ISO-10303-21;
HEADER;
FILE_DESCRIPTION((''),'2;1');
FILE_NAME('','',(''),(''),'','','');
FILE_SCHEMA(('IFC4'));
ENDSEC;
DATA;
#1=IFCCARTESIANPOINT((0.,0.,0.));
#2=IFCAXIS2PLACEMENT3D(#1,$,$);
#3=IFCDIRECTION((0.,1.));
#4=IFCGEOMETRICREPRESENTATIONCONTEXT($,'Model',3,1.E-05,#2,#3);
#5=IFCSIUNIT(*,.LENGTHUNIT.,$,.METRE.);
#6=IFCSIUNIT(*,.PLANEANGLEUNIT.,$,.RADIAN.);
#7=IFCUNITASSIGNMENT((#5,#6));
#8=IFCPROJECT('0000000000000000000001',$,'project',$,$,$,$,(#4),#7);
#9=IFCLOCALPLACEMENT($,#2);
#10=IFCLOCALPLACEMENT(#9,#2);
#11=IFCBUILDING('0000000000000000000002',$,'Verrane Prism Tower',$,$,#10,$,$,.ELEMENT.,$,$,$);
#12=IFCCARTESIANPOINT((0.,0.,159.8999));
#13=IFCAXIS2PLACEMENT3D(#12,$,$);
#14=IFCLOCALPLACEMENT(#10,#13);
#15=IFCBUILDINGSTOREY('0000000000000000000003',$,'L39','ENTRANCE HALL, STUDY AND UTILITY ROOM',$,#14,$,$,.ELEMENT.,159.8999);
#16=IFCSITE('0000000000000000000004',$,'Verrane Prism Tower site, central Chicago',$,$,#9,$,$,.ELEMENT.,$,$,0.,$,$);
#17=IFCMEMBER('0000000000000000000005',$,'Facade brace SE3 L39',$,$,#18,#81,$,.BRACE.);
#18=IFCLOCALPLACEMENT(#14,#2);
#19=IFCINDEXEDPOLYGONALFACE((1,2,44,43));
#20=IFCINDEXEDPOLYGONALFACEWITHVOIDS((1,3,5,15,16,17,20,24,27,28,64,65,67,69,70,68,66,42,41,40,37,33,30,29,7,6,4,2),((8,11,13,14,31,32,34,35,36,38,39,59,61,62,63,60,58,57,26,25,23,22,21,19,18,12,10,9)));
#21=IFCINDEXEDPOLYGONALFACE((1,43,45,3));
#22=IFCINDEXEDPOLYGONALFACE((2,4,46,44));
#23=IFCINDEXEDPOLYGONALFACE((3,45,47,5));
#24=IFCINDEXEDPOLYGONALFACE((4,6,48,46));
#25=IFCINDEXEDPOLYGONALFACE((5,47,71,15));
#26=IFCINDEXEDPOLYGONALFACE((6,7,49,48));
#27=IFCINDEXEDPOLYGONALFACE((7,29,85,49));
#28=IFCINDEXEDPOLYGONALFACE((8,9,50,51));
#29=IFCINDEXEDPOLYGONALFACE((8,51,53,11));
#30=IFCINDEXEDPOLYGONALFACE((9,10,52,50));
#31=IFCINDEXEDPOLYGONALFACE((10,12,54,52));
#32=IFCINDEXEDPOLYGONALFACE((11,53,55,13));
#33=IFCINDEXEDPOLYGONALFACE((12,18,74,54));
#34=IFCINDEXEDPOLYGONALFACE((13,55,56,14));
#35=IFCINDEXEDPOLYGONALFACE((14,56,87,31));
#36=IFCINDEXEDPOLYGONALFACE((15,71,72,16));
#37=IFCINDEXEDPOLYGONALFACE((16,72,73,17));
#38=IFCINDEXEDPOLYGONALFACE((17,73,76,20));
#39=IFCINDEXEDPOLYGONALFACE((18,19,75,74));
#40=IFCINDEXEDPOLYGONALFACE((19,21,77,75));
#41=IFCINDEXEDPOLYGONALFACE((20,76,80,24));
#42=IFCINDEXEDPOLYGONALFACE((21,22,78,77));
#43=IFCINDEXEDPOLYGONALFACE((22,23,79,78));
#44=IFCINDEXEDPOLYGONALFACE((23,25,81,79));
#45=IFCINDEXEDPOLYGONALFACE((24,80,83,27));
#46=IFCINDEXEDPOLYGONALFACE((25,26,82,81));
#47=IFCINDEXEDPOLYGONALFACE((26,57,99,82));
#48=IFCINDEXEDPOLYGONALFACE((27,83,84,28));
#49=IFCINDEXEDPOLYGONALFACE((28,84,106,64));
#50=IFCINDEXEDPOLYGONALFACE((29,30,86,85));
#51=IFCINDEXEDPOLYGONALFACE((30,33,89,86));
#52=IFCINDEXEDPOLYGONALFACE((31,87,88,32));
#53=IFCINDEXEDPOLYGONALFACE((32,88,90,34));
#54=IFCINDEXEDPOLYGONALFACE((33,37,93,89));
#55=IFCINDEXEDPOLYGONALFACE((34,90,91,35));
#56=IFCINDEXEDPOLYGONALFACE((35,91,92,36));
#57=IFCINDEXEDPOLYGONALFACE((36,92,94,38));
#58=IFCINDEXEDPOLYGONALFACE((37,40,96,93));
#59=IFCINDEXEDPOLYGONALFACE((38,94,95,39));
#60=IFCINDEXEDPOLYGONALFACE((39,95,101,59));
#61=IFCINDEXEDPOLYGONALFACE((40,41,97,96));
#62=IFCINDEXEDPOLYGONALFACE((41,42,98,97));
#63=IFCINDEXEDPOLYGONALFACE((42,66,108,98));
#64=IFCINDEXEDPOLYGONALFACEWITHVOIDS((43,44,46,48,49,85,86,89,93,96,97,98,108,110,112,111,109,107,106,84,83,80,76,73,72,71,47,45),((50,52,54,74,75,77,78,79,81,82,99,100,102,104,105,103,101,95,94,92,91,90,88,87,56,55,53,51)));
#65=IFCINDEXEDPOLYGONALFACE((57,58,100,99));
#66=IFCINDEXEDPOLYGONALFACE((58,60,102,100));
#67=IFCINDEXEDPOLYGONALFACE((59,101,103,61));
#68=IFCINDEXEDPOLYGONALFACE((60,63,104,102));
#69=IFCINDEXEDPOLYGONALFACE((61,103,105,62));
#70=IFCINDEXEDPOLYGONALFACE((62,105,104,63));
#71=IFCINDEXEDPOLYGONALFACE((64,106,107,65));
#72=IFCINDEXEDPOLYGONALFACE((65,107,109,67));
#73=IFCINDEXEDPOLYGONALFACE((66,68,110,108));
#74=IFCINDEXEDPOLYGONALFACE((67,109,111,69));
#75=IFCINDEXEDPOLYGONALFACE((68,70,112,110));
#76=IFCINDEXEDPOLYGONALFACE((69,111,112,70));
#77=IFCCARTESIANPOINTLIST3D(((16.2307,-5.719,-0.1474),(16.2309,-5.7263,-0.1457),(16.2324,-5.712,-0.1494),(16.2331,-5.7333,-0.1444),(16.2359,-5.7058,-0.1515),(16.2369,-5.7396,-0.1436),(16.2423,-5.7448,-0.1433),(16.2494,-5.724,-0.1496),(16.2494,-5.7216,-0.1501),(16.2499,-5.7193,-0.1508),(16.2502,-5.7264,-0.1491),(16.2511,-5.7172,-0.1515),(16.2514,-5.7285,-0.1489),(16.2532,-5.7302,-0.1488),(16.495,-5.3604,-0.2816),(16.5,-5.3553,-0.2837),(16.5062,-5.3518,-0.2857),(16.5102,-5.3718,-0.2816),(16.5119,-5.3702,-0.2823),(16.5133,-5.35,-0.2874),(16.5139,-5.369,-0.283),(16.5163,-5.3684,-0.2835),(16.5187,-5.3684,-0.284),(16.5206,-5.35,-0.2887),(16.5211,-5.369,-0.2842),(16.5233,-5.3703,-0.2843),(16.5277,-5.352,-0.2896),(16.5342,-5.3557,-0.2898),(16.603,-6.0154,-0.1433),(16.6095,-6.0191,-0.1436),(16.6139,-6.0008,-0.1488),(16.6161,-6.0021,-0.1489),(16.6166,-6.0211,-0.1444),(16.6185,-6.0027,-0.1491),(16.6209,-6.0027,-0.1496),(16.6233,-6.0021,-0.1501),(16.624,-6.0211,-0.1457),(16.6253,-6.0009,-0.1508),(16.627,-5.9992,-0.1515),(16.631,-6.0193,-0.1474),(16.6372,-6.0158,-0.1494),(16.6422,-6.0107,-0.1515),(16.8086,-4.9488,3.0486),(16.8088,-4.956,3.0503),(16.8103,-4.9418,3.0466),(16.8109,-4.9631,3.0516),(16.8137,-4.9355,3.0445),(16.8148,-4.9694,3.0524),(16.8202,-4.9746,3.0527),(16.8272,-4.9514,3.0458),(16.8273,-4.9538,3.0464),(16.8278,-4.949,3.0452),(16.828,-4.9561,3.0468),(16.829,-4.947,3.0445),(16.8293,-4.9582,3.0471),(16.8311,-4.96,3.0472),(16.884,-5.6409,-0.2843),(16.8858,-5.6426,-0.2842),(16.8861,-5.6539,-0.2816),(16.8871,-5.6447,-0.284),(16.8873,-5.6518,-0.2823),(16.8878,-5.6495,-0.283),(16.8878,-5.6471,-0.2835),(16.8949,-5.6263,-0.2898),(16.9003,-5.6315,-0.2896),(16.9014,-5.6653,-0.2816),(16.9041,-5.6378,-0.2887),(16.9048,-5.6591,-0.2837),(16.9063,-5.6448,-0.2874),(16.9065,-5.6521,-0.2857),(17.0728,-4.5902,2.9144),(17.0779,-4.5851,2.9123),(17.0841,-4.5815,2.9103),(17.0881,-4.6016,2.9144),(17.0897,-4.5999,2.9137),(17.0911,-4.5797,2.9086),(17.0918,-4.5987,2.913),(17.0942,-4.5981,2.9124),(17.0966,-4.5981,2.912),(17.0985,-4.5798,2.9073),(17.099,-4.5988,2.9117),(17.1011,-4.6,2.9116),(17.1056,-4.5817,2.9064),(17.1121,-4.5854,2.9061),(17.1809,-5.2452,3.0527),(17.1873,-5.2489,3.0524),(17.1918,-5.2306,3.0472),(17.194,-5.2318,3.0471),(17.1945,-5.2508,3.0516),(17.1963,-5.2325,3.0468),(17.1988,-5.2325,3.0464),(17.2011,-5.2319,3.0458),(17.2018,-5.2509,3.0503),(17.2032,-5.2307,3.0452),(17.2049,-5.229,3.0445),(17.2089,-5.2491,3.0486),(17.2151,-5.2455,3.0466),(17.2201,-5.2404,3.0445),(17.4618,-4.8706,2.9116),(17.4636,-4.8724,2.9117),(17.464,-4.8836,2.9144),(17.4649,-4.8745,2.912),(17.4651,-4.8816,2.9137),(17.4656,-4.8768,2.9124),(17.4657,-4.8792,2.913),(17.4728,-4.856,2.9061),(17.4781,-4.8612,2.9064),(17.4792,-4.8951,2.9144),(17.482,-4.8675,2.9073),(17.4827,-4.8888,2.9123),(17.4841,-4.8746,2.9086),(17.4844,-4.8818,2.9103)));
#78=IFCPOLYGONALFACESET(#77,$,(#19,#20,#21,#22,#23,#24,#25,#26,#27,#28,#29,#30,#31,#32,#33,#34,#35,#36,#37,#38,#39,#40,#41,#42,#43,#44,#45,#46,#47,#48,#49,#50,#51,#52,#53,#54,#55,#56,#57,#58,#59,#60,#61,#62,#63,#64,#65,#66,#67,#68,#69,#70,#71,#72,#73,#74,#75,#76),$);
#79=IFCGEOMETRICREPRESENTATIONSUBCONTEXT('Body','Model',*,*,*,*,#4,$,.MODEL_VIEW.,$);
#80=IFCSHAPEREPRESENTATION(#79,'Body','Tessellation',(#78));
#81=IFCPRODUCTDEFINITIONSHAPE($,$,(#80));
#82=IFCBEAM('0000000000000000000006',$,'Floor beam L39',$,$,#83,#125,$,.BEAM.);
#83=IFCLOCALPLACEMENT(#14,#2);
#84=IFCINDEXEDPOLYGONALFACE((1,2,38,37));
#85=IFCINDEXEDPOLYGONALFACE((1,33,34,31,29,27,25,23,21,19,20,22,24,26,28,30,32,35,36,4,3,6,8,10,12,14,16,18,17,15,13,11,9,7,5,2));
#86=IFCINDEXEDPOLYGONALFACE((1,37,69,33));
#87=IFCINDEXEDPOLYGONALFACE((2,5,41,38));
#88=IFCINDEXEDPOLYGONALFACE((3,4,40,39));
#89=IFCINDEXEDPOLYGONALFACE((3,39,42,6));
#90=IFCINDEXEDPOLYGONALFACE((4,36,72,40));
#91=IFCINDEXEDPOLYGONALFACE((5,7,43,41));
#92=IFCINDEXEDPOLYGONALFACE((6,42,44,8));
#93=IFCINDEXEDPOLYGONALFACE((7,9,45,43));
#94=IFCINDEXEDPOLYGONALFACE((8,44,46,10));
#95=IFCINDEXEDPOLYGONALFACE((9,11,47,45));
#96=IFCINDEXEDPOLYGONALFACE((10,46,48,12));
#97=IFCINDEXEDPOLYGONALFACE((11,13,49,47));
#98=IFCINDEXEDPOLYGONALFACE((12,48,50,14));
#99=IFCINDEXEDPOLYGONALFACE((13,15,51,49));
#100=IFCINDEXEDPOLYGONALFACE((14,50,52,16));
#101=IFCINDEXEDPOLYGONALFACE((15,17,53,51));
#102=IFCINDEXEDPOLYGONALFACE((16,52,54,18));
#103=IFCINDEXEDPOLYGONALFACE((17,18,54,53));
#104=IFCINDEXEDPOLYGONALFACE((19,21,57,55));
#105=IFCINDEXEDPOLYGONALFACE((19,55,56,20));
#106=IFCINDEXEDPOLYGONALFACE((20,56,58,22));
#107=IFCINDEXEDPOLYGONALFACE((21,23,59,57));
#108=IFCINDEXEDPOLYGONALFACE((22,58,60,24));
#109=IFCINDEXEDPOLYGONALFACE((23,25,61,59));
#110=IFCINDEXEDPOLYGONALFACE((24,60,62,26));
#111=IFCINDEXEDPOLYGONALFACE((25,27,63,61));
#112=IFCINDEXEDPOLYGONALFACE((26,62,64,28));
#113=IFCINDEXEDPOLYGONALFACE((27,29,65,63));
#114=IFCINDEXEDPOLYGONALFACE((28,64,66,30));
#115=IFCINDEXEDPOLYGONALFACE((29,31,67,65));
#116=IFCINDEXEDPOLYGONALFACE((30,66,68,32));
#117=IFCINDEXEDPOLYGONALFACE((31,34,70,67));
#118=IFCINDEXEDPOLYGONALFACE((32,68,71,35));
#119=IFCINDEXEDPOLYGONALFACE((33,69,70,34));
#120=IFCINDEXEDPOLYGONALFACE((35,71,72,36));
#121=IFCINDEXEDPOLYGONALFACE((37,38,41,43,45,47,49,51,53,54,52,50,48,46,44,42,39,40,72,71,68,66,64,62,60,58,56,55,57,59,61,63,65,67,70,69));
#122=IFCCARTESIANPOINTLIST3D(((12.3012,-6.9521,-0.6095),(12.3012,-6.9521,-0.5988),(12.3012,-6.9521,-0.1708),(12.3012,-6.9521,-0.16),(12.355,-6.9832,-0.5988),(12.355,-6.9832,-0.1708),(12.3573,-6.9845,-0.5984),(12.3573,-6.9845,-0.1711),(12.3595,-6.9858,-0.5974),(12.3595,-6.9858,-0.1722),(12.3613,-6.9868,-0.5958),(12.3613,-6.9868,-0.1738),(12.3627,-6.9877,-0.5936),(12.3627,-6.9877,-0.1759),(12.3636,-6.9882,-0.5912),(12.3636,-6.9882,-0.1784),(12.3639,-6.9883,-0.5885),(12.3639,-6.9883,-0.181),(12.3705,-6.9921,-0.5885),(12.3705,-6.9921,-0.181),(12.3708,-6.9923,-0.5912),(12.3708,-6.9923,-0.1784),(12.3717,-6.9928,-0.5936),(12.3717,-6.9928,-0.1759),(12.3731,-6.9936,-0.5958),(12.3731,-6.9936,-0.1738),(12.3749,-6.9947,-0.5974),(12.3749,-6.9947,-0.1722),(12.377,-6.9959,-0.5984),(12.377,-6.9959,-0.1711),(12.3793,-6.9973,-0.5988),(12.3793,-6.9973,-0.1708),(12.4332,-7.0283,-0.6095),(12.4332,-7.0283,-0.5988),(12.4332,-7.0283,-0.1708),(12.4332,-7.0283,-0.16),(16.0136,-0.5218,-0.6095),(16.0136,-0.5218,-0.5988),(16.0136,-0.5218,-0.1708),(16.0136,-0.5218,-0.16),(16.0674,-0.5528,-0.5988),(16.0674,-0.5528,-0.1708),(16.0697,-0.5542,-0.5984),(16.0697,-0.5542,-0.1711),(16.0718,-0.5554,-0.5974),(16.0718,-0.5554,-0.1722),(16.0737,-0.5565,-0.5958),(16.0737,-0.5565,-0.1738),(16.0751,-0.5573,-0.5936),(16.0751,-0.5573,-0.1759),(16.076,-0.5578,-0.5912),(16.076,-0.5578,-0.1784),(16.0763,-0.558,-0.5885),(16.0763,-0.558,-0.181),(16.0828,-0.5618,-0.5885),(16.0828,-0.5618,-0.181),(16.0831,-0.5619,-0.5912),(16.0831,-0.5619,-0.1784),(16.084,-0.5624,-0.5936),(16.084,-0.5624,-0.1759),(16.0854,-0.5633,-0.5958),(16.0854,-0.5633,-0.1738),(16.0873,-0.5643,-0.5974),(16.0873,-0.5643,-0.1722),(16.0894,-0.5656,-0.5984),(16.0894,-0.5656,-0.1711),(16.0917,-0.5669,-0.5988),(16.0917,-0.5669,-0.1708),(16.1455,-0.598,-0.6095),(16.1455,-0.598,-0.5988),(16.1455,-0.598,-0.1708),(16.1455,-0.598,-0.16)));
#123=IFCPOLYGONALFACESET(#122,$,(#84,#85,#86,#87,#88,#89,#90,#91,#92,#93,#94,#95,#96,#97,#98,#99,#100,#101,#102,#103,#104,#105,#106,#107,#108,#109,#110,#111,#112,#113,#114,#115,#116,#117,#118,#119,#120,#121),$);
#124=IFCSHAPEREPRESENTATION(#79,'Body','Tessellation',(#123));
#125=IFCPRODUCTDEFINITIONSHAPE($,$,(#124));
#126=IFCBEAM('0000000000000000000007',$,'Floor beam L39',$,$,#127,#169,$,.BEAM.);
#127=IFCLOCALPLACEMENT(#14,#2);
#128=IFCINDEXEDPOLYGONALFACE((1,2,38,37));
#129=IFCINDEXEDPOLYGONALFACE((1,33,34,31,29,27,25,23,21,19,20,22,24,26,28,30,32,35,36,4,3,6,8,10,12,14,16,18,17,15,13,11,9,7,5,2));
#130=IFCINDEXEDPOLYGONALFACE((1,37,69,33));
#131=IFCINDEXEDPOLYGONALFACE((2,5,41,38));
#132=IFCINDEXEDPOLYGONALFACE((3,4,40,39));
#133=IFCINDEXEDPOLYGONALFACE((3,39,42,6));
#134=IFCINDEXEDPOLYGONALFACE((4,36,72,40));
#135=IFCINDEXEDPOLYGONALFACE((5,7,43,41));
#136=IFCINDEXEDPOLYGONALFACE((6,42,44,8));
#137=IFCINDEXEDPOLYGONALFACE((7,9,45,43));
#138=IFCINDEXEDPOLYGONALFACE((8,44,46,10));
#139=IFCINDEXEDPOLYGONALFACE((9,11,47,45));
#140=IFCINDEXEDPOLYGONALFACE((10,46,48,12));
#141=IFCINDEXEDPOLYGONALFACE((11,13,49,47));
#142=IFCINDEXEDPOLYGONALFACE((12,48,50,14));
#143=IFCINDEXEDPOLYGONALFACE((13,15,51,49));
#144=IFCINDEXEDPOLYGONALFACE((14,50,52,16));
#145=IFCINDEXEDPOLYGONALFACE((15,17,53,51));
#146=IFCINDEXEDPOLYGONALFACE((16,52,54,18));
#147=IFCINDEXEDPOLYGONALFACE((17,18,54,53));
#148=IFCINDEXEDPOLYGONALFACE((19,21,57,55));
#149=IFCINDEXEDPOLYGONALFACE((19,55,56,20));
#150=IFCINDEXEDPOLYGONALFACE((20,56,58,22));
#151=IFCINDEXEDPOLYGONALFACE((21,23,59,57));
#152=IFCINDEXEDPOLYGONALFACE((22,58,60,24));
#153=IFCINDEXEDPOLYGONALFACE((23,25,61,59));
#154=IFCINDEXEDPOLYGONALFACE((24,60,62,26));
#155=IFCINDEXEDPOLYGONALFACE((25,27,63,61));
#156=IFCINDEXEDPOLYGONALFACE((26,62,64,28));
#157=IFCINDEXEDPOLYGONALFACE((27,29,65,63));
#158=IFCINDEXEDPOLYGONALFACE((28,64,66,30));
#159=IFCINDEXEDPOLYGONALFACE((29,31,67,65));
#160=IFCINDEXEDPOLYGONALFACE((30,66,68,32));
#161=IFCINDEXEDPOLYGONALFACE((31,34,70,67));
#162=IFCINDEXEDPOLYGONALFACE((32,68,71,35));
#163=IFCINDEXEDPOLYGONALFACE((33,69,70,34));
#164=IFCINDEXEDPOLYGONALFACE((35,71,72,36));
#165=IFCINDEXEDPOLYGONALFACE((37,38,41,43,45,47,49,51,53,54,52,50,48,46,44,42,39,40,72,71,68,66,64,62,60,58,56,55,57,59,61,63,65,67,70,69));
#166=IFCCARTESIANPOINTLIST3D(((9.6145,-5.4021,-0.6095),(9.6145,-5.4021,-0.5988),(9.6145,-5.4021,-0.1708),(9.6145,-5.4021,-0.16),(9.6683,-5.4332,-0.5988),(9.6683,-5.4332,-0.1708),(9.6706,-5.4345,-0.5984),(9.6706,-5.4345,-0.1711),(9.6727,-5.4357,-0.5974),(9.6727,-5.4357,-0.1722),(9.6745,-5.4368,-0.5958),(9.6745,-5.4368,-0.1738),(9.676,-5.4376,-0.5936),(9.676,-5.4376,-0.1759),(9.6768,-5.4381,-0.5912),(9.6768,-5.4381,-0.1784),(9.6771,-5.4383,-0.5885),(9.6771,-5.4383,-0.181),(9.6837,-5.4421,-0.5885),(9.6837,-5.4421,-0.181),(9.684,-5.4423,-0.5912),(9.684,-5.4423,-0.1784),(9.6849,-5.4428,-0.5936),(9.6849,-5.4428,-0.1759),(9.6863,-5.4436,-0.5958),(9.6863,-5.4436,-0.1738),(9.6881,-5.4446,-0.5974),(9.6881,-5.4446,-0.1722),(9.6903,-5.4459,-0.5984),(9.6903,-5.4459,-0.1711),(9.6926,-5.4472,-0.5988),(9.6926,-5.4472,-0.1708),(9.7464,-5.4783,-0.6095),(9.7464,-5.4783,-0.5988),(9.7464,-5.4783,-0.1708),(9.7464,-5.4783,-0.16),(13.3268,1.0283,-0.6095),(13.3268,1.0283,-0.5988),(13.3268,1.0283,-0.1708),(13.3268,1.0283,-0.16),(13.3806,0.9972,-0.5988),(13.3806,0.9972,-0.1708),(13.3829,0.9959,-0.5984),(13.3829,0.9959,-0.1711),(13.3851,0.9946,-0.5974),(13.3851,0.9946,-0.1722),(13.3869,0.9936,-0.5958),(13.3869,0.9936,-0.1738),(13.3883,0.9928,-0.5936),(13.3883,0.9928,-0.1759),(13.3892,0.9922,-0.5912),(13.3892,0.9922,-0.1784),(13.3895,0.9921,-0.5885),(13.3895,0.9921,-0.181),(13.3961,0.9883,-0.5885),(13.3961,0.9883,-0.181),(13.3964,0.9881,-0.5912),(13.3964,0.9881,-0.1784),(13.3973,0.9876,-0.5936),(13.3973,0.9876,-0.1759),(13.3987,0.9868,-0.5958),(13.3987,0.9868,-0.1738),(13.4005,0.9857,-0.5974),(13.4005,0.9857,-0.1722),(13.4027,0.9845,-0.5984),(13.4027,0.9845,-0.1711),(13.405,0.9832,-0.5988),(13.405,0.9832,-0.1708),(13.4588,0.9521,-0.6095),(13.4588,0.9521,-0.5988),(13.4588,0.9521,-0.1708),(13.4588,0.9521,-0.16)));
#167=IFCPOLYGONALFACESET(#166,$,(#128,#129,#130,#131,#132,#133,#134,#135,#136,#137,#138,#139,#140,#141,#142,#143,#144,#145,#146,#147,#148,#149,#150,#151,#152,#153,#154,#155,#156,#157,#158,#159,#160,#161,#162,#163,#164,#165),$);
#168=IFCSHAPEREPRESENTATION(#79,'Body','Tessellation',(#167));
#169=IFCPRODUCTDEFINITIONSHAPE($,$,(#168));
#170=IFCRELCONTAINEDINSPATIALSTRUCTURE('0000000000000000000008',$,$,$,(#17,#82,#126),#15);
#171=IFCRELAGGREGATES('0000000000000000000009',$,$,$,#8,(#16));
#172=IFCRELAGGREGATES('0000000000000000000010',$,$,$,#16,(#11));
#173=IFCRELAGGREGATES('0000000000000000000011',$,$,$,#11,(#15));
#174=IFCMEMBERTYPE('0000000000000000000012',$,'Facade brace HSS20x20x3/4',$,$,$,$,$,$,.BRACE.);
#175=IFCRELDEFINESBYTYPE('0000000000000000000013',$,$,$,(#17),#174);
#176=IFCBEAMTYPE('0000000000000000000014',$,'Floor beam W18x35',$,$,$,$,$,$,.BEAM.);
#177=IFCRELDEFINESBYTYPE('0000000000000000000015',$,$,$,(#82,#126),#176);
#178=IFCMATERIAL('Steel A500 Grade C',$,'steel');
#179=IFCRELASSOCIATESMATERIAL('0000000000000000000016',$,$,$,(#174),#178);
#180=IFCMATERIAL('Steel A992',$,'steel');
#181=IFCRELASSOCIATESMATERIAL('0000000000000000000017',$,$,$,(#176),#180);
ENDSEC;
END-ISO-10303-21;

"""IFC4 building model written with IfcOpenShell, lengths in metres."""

from ifc_helpers import new_model, si_unit, direction, frame, origin, origin_2d, place, context, subcontext, project, spatial, hollow_rectangle, i_section, extrude, material, material_profile, profile_set, type_object, element, save


model = new_model("IFC4")

# Units and contexts
model_context = context("Model", 3, precision=1e-05, world=origin(), true_north=direction((0.0, 1.0)))
body_context = subcontext(model_context, "Body", "Model", "MODEL_VIEW")
ifc_project = project(units=[si_unit("LENGTHUNIT", "METRE"), si_unit("PLANEANGLEUNIT", "RADIAN")], contexts=[model_context])

# Site, building, storey
site_placement = place(None, origin())
site = spatial("IfcSite", under=ifc_project, at=site_placement, Name="Verrane Prism Tower site, central Chicago", CompositionType="ELEMENT", RefElevation=0.0)
building_placement = place(site_placement, origin())
building = spatial("IfcBuilding", under=site, at=building_placement, Name="Verrane Prism Tower", CompositionType="ELEMENT")
storey_placement = place(building_placement, frame((0.0, 0.0, 159.8999)))
storey = spatial("IfcBuildingStorey", under=building, at=storey_placement, Name="L39", Description="ENTRANCE HALL, STUDY AND UTILITY ROOM", CompositionType="ELEMENT", Elevation=159.8999)

# Member
ifc_material_1 = material(Name="Steel A500 Grade C", Category="steel")
ifc_material_profile_1 = material_profile(ifc_material_1, hollow_rectangle(XDim=0.5081, YDim=0.5081, WallThickness=0.019, InnerFilletRadius=0.0095, OuterFilletRadius=0.0286, at=origin_2d()), Name="HSS20x20x3/4")
ifc_profile_set_1 = profile_set([ifc_material_profile_1], Name="Steel A500 Grade C")
member_type_1 = type_object("IfcMemberType", Name="Facade brace HSS20x20x3/4", PredefinedType="BRACE", material=ifc_profile_set_1)
member_1_placement = place(storey_placement, frame((16.5686, -5.6855, -0.2166), z_axis=(0.173124, 0.230759, 0.957485), x_axis=(-0.799909, 0.600122, 0.0)))
element("IfcMember", 1, at=member_1_placement, inside=storey, type_object=member_type_1, Name="Facade brace SE3 L39", PredefinedType="BRACE", context=body_context, shape_type="SweptSolid", body=[
    extrude(hollow_rectangle(XDim=0.5081, YDim=0.5081, WallThickness=0.019, InnerFilletRadius=0.0095, OuterFilletRadius=0.0286, at=origin_2d()), origin(), (0.0, 0.0, 1.0), 3.3379),
])

# Beams
ifc_material_2 = material(Name="Steel A992", Category="steel")
ifc_material_profile_2 = material_profile(ifc_material_2, i_section(OverallWidth=0.1523, OverallDepth=0.4495, WebThickness=0.0076, FlangeThickness=0.0107, FilletRadius=0.0103, at=origin_2d()), Name="W18x35")
ifc_profile_set_2 = profile_set([ifc_material_profile_2], Name="Steel A992")
beam_type_1 = type_object("IfcBeamType", Name="Floor beam W18x35", PredefinedType="BEAM", material=ifc_profile_set_2)
for number, where, z_axis, x_axis, name in (
    (2, (12.3672, -6.9902, -0.3848), (0.49998, 0.866037, 0.0), (-0.866037, 0.49998, 0.0), "Floor beam L39"),
    (3, (9.6804, -5.4402, -0.3848), (0.49998, 0.866037, 0.0), (-0.866037, 0.49998, 0.0), "Floor beam L39"),
):
    element("IfcBeam", number, at=place(storey_placement, frame(where, z_axis=z_axis, x_axis=x_axis)), inside=storey, type_object=beam_type_1, Name=name, PredefinedType="BEAM", context=body_context, shape_type="SweptSolid", body=[
        extrude(i_section(OverallWidth=0.1523, OverallDepth=0.4495, WebThickness=0.0076, FlangeThickness=0.0107, FilletRadius=0.0103, at=origin_2d()), origin(), (0.0, 0.0, 1.0), 7.425),
    ])

save(model, "model.ifc")
